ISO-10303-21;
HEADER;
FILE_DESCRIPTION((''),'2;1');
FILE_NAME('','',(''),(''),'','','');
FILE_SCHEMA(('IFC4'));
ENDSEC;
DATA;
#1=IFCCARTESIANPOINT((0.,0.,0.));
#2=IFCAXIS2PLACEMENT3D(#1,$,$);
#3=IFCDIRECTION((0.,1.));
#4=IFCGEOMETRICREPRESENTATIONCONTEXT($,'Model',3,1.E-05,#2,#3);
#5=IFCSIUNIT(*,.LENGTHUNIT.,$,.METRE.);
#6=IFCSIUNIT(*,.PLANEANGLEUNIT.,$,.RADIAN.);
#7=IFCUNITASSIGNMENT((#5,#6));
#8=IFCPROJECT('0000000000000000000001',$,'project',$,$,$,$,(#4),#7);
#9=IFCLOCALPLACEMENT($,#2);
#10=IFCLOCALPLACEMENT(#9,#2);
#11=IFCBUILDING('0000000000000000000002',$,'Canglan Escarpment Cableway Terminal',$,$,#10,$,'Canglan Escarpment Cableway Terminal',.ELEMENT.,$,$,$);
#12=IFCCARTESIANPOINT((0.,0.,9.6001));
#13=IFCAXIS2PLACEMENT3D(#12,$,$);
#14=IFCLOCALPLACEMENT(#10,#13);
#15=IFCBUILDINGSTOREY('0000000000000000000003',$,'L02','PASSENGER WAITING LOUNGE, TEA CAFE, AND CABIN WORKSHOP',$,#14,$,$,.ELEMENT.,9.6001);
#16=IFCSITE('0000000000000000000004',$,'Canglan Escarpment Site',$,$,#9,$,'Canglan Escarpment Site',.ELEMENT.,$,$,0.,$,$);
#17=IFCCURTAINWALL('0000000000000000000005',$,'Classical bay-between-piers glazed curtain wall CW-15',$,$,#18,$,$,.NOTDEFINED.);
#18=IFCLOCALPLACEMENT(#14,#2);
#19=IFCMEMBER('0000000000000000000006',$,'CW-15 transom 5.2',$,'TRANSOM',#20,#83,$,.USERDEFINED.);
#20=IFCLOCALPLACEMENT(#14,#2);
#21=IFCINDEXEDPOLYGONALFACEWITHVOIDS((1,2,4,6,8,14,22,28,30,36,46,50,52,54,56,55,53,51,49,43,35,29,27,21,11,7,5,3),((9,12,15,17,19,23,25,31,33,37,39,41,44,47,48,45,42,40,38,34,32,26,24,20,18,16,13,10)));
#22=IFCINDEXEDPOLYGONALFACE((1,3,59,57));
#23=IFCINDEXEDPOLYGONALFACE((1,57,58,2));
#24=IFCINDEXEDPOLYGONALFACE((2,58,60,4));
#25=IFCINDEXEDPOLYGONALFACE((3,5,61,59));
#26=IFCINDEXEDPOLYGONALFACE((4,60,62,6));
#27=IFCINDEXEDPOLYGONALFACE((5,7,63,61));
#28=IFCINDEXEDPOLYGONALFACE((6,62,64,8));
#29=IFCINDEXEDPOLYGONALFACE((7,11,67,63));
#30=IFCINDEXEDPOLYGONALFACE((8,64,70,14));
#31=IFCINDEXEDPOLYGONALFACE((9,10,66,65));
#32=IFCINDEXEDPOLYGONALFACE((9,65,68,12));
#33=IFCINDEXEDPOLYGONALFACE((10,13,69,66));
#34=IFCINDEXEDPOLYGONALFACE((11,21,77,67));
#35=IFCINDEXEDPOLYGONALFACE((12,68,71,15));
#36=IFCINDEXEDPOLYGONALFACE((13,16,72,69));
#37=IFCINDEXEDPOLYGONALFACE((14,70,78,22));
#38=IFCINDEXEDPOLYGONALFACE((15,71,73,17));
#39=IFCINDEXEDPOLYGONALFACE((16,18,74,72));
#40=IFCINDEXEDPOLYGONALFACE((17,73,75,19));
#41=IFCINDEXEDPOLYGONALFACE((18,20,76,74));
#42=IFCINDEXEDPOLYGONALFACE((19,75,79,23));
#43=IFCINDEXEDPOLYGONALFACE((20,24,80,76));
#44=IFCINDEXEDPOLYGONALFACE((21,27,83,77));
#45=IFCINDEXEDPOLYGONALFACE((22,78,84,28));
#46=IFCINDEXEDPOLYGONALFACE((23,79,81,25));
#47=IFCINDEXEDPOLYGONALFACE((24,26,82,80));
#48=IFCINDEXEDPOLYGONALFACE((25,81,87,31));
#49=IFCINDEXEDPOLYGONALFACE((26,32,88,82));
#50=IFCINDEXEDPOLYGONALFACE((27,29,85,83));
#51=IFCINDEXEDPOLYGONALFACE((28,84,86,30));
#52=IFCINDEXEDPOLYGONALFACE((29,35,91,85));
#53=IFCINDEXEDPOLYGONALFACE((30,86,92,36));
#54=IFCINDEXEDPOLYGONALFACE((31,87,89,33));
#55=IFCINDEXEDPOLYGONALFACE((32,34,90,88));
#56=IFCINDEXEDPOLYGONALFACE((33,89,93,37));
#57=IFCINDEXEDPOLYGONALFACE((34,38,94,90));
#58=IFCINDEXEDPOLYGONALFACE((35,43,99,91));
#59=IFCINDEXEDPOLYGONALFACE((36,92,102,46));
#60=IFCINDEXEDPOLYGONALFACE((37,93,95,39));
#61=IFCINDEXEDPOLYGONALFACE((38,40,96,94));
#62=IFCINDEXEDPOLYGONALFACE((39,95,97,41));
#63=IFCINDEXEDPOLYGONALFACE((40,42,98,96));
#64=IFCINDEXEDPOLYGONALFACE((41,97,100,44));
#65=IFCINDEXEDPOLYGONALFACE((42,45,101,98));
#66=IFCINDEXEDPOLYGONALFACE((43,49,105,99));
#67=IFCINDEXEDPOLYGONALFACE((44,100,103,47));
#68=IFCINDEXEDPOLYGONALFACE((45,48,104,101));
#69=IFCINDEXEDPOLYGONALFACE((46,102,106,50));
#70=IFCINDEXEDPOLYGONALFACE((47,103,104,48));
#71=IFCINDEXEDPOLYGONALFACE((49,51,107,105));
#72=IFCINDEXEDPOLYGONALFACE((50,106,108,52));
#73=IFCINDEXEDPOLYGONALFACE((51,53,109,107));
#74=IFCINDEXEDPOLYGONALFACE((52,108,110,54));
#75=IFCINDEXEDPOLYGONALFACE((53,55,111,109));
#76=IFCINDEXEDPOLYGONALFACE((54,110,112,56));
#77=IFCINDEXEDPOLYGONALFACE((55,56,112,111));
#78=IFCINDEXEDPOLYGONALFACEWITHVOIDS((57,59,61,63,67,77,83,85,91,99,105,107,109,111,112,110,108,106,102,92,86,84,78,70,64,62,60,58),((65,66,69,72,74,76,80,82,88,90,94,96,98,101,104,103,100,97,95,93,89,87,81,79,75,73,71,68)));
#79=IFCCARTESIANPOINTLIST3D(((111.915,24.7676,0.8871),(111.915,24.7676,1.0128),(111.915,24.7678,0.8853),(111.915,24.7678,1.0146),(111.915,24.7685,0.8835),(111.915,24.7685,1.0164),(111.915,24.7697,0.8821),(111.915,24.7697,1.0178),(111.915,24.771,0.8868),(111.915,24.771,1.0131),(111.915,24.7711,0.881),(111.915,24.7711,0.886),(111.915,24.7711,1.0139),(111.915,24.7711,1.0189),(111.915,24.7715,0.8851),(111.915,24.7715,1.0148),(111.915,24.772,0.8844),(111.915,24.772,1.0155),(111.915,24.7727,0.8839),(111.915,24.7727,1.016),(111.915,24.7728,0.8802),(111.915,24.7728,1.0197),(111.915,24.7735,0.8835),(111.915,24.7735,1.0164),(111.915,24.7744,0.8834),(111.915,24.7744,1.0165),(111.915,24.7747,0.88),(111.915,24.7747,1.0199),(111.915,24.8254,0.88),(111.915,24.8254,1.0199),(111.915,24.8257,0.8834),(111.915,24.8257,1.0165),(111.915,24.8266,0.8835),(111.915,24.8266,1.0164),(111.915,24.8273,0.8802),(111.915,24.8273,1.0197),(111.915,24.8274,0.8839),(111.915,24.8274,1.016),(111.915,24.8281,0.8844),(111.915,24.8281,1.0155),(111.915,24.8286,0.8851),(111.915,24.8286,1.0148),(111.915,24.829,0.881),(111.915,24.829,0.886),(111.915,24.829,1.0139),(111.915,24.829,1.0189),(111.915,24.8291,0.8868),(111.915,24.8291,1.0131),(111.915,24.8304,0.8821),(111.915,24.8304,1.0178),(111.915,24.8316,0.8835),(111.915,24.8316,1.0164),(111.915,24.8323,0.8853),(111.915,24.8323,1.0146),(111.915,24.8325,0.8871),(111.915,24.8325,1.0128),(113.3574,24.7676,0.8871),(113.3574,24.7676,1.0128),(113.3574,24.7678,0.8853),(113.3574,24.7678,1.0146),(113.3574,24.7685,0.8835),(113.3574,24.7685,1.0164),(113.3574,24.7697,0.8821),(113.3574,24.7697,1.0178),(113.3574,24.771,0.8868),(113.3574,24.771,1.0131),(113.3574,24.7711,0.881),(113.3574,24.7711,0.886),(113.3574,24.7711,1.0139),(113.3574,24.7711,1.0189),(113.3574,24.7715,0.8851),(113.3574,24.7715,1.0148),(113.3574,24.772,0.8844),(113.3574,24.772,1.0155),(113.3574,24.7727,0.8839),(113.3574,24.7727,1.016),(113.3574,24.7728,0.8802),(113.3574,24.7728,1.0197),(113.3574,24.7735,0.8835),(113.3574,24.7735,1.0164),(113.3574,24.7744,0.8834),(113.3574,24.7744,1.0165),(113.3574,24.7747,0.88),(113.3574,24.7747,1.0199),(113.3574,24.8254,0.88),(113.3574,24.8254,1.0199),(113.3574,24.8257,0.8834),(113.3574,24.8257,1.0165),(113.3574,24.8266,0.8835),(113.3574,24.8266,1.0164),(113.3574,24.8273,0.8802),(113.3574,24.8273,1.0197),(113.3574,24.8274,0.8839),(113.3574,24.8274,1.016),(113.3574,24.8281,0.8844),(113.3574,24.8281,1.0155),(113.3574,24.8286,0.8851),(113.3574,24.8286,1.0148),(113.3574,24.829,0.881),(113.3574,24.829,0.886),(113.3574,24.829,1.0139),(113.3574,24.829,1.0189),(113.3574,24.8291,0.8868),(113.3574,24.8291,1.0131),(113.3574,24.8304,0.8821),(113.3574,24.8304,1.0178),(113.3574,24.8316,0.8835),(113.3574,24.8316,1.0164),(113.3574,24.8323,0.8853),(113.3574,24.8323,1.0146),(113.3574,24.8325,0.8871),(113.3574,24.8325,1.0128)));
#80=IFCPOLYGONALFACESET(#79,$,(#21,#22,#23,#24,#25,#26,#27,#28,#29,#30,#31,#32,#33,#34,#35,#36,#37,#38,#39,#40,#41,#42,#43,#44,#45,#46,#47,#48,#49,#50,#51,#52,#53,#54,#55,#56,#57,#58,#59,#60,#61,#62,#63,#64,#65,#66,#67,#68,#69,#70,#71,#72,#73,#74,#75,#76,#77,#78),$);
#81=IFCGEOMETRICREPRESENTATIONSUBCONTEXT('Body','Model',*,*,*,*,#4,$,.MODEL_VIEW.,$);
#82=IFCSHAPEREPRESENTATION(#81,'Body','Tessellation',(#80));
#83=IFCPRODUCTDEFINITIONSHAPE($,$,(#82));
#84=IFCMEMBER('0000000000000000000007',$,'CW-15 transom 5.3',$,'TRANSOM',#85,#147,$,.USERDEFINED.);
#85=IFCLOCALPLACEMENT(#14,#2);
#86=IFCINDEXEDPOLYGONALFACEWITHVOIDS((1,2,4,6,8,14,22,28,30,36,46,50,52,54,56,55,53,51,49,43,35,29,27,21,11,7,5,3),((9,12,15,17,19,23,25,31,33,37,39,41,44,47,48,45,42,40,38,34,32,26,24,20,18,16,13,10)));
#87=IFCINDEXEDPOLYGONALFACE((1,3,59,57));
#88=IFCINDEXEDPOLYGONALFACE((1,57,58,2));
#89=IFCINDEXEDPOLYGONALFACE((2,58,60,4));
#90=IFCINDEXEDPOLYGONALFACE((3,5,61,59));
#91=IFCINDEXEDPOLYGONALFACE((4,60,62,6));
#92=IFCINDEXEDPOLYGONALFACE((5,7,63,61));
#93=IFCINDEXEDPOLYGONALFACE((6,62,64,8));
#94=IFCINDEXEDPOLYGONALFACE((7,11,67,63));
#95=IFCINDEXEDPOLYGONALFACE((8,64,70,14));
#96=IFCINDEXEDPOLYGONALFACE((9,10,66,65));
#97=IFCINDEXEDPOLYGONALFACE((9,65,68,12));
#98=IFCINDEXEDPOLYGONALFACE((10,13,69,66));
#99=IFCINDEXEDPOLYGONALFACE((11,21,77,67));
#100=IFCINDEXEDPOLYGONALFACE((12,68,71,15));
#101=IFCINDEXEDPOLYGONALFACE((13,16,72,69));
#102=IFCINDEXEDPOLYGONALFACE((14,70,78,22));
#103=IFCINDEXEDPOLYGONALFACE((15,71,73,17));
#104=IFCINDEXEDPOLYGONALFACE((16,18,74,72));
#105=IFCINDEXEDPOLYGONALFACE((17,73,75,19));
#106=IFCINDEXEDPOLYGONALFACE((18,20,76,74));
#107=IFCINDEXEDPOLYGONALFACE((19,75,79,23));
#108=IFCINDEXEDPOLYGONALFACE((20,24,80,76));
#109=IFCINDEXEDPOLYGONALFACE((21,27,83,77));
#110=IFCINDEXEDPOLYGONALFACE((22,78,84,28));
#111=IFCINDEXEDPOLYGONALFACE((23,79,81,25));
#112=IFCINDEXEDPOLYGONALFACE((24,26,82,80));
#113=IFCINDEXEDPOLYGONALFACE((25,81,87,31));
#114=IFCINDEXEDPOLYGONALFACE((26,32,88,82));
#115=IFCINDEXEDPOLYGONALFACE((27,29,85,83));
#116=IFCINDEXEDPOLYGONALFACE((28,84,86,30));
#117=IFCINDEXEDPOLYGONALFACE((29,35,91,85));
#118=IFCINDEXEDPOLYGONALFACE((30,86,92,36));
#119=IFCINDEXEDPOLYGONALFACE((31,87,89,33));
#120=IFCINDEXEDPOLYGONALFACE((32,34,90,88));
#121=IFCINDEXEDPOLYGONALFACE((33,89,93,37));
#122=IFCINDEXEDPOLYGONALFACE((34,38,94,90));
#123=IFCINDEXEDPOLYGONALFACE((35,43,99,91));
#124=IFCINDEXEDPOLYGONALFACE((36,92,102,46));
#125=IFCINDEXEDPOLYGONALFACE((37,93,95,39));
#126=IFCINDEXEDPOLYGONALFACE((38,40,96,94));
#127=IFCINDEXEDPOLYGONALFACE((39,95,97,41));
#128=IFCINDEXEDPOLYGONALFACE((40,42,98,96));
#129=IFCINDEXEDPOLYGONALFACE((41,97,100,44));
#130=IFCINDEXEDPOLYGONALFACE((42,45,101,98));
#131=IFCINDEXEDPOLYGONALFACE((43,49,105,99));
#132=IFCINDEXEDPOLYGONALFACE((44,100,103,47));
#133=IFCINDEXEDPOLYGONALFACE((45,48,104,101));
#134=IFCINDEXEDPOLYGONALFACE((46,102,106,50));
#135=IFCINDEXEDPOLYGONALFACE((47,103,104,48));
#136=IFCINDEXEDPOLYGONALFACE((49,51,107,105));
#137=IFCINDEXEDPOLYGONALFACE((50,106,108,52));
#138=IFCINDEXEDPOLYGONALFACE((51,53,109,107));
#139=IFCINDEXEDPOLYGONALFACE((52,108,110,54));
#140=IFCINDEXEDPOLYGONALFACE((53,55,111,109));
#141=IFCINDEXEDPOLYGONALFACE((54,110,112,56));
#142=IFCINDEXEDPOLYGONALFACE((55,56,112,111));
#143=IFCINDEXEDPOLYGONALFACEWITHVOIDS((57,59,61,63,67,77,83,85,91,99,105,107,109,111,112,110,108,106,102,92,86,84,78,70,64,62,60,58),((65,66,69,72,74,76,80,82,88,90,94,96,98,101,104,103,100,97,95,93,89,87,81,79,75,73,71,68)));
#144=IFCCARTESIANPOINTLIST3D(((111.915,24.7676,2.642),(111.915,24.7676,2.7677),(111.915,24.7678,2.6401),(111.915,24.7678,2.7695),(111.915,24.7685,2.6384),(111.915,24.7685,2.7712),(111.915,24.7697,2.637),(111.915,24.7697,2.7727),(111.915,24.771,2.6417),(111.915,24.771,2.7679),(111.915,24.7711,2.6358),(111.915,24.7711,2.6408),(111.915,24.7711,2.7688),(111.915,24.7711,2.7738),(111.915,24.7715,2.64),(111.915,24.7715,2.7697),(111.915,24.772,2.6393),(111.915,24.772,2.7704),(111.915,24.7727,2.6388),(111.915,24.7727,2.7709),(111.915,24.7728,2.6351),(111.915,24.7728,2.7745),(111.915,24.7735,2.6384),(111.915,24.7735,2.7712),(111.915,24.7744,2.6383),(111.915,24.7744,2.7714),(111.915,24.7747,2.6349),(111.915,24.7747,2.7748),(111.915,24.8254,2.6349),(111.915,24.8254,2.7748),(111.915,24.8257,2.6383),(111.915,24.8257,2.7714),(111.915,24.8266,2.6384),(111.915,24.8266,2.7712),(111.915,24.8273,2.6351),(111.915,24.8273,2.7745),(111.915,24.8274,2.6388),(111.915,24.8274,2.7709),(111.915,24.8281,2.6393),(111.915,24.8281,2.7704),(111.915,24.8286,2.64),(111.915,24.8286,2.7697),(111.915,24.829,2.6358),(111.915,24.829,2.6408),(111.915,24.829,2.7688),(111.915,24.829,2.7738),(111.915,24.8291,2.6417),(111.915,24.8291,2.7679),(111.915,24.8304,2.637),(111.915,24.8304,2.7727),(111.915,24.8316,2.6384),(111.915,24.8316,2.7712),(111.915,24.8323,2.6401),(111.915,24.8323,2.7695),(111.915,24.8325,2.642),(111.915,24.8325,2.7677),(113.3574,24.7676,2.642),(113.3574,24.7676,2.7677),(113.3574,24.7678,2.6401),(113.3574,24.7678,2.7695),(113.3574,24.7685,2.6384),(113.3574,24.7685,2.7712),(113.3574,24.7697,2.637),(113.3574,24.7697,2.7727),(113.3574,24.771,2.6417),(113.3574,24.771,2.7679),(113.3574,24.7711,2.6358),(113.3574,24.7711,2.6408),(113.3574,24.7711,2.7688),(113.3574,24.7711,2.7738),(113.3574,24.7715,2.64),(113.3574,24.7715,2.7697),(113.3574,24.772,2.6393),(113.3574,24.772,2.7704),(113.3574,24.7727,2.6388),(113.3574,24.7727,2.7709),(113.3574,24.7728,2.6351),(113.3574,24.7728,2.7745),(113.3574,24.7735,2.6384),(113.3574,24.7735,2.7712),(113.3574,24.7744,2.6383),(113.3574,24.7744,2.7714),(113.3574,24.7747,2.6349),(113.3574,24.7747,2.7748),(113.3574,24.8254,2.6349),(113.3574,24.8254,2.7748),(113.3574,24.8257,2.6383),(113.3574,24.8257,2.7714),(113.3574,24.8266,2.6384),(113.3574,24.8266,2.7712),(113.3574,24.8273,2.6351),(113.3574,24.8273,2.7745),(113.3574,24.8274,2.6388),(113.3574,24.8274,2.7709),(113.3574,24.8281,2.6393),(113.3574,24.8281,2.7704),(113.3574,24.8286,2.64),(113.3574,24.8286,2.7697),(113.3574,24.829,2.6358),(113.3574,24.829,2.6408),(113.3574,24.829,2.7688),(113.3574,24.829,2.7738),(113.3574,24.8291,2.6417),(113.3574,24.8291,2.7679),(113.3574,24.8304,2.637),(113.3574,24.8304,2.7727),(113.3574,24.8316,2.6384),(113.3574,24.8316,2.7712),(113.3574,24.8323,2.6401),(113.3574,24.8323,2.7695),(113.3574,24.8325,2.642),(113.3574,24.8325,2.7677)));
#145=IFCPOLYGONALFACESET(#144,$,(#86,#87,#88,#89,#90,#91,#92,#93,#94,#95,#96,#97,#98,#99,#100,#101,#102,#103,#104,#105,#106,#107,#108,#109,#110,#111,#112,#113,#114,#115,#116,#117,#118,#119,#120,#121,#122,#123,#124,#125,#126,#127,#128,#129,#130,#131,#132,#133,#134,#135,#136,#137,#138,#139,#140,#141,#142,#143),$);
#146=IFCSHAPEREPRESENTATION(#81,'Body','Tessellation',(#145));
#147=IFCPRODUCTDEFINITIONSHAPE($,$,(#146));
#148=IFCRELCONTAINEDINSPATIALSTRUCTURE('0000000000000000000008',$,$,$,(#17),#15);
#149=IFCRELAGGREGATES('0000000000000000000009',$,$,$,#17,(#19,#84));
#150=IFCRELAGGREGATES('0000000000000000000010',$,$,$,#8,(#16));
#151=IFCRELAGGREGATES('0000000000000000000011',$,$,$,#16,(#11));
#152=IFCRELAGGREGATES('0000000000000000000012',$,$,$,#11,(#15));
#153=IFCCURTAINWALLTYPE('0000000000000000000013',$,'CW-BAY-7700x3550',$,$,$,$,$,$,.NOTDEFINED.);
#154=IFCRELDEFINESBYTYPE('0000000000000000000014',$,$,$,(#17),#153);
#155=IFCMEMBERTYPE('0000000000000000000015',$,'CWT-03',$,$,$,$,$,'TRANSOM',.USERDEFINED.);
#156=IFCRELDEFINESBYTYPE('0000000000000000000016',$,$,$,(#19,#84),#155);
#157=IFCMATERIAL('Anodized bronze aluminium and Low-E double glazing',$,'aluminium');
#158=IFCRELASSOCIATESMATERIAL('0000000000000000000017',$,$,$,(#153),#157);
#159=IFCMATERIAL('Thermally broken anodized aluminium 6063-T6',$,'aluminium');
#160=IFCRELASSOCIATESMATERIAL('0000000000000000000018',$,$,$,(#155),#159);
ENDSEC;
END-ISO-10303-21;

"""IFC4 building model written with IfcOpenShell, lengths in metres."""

from ifc_helpers import new_model, si_unit, direction, frame, origin, origin_2d, place, context, subcontext, project, spatial, hollow_rectangle, extrude, material, material_profile, profile_set, type_object, element, aggregate, save


model = new_model("IFC4")

# Units and contexts
model_context = context("Model", 3, precision=1e-05, world=origin(), true_north=direction((0.0, 1.0)))
body_context = subcontext(model_context, "Body", "Model", "MODEL_VIEW")
ifc_project = project(units=[si_unit("LENGTHUNIT", "METRE"), si_unit("PLANEANGLEUNIT", "RADIAN")], contexts=[model_context])

# Site, building, storey
site_placement = place(None, origin())
site = spatial("IfcSite", under=ifc_project, at=site_placement, Name="Canglan Escarpment Site", LongName="Canglan Escarpment Site", CompositionType="ELEMENT", RefElevation=0.0)
building_placement = place(site_placement, origin())
building = spatial("IfcBuilding", under=site, at=building_placement, Name="Canglan Escarpment Cableway Terminal", LongName="Canglan Escarpment Cableway Terminal", CompositionType="ELEMENT")
storey_placement = place(building_placement, frame((0.0, 0.0, 9.6001)))
storey = spatial("IfcBuildingStorey", under=building, at=storey_placement, Name="L02", Description="PASSENGER WAITING LOUNGE, TEA CAFE, AND CABIN WORKSHOP", CompositionType="ELEMENT", Elevation=9.6001)

# Curtain wall, members
ifc_material_1 = material(Name="Anodized bronze aluminium and Low-E double glazing", Category="aluminium")
curtain_wall_type = type_object("IfcCurtainWallType", Name="CW-BAY-7700x3550", PredefinedType="NOTDEFINED", material=ifc_material_1)
curtain_wall_placement = place(storey_placement, origin())
curtain_wall = element("IfcCurtainWall", 1, at=curtain_wall_placement, inside=storey, type_object=curtain_wall_type, Name="Classical bay-between-piers glazed curtain wall CW-15", PredefinedType="NOTDEFINED")
ifc_material_2 = material(Name="Thermally broken anodized aluminium 6063-T6", Category="aluminium")
ifc_material_profile_1 = material_profile(ifc_material_2, hollow_rectangle(XDim=0.0649, YDim=0.1399, WallThickness=0.0034, InnerFilletRadius=0.0034, OuterFilletRadius=0.0071, at=origin_2d()), Name="ALU-TRAN 65x140x3.5")
ifc_profile_set_1 = profile_set([ifc_material_profile_1], Name="Thermally broken anodized aluminium 6063-T6")
member_type_1 = type_object("IfcMemberType", Name="CWT-03", ElementType="TRANSOM", PredefinedType="USERDEFINED", material=ifc_profile_set_1)
member_1_placement = place(storey_placement, frame((113.3574, 24.8, 0.95), z_axis=(-1.0, 0.0, 0.0), x_axis=(0.0, -1.0, 0.0)))
member_1 = element("IfcMember", 2, at=member_1_placement, type_object=member_type_1, Name="CW-15 transom 5.2", ObjectType="TRANSOM", PredefinedType="USERDEFINED", context=body_context, shape_type="SweptSolid", body=[
    extrude(hollow_rectangle(XDim=0.0649, YDim=0.1399, WallThickness=0.0034, InnerFilletRadius=0.0034, OuterFilletRadius=0.0071, at=origin_2d()), origin(), (0.0, 0.0, 1.0), 1.4424),
])
member_2_placement = place(storey_placement, frame((113.3574, 24.8, 2.7048), z_axis=(-1.0, 0.0, 0.0), x_axis=(0.0, -1.0, 0.0)))
member_2 = element("IfcMember", 3, at=member_2_placement, type_object=member_type_1, Name="CW-15 transom 5.3", ObjectType="TRANSOM", PredefinedType="USERDEFINED", context=body_context, shape_type="SweptSolid", body=[
    extrude(hollow_rectangle(XDim=0.0649, YDim=0.1399, WallThickness=0.0034, InnerFilletRadius=0.0034, OuterFilletRadius=0.0071, at=origin_2d()), origin(), (0.0, 0.0, 1.0), 1.4424),
])

aggregate(curtain_wall, [member_1, member_2])

save(model, "model.ifc")
